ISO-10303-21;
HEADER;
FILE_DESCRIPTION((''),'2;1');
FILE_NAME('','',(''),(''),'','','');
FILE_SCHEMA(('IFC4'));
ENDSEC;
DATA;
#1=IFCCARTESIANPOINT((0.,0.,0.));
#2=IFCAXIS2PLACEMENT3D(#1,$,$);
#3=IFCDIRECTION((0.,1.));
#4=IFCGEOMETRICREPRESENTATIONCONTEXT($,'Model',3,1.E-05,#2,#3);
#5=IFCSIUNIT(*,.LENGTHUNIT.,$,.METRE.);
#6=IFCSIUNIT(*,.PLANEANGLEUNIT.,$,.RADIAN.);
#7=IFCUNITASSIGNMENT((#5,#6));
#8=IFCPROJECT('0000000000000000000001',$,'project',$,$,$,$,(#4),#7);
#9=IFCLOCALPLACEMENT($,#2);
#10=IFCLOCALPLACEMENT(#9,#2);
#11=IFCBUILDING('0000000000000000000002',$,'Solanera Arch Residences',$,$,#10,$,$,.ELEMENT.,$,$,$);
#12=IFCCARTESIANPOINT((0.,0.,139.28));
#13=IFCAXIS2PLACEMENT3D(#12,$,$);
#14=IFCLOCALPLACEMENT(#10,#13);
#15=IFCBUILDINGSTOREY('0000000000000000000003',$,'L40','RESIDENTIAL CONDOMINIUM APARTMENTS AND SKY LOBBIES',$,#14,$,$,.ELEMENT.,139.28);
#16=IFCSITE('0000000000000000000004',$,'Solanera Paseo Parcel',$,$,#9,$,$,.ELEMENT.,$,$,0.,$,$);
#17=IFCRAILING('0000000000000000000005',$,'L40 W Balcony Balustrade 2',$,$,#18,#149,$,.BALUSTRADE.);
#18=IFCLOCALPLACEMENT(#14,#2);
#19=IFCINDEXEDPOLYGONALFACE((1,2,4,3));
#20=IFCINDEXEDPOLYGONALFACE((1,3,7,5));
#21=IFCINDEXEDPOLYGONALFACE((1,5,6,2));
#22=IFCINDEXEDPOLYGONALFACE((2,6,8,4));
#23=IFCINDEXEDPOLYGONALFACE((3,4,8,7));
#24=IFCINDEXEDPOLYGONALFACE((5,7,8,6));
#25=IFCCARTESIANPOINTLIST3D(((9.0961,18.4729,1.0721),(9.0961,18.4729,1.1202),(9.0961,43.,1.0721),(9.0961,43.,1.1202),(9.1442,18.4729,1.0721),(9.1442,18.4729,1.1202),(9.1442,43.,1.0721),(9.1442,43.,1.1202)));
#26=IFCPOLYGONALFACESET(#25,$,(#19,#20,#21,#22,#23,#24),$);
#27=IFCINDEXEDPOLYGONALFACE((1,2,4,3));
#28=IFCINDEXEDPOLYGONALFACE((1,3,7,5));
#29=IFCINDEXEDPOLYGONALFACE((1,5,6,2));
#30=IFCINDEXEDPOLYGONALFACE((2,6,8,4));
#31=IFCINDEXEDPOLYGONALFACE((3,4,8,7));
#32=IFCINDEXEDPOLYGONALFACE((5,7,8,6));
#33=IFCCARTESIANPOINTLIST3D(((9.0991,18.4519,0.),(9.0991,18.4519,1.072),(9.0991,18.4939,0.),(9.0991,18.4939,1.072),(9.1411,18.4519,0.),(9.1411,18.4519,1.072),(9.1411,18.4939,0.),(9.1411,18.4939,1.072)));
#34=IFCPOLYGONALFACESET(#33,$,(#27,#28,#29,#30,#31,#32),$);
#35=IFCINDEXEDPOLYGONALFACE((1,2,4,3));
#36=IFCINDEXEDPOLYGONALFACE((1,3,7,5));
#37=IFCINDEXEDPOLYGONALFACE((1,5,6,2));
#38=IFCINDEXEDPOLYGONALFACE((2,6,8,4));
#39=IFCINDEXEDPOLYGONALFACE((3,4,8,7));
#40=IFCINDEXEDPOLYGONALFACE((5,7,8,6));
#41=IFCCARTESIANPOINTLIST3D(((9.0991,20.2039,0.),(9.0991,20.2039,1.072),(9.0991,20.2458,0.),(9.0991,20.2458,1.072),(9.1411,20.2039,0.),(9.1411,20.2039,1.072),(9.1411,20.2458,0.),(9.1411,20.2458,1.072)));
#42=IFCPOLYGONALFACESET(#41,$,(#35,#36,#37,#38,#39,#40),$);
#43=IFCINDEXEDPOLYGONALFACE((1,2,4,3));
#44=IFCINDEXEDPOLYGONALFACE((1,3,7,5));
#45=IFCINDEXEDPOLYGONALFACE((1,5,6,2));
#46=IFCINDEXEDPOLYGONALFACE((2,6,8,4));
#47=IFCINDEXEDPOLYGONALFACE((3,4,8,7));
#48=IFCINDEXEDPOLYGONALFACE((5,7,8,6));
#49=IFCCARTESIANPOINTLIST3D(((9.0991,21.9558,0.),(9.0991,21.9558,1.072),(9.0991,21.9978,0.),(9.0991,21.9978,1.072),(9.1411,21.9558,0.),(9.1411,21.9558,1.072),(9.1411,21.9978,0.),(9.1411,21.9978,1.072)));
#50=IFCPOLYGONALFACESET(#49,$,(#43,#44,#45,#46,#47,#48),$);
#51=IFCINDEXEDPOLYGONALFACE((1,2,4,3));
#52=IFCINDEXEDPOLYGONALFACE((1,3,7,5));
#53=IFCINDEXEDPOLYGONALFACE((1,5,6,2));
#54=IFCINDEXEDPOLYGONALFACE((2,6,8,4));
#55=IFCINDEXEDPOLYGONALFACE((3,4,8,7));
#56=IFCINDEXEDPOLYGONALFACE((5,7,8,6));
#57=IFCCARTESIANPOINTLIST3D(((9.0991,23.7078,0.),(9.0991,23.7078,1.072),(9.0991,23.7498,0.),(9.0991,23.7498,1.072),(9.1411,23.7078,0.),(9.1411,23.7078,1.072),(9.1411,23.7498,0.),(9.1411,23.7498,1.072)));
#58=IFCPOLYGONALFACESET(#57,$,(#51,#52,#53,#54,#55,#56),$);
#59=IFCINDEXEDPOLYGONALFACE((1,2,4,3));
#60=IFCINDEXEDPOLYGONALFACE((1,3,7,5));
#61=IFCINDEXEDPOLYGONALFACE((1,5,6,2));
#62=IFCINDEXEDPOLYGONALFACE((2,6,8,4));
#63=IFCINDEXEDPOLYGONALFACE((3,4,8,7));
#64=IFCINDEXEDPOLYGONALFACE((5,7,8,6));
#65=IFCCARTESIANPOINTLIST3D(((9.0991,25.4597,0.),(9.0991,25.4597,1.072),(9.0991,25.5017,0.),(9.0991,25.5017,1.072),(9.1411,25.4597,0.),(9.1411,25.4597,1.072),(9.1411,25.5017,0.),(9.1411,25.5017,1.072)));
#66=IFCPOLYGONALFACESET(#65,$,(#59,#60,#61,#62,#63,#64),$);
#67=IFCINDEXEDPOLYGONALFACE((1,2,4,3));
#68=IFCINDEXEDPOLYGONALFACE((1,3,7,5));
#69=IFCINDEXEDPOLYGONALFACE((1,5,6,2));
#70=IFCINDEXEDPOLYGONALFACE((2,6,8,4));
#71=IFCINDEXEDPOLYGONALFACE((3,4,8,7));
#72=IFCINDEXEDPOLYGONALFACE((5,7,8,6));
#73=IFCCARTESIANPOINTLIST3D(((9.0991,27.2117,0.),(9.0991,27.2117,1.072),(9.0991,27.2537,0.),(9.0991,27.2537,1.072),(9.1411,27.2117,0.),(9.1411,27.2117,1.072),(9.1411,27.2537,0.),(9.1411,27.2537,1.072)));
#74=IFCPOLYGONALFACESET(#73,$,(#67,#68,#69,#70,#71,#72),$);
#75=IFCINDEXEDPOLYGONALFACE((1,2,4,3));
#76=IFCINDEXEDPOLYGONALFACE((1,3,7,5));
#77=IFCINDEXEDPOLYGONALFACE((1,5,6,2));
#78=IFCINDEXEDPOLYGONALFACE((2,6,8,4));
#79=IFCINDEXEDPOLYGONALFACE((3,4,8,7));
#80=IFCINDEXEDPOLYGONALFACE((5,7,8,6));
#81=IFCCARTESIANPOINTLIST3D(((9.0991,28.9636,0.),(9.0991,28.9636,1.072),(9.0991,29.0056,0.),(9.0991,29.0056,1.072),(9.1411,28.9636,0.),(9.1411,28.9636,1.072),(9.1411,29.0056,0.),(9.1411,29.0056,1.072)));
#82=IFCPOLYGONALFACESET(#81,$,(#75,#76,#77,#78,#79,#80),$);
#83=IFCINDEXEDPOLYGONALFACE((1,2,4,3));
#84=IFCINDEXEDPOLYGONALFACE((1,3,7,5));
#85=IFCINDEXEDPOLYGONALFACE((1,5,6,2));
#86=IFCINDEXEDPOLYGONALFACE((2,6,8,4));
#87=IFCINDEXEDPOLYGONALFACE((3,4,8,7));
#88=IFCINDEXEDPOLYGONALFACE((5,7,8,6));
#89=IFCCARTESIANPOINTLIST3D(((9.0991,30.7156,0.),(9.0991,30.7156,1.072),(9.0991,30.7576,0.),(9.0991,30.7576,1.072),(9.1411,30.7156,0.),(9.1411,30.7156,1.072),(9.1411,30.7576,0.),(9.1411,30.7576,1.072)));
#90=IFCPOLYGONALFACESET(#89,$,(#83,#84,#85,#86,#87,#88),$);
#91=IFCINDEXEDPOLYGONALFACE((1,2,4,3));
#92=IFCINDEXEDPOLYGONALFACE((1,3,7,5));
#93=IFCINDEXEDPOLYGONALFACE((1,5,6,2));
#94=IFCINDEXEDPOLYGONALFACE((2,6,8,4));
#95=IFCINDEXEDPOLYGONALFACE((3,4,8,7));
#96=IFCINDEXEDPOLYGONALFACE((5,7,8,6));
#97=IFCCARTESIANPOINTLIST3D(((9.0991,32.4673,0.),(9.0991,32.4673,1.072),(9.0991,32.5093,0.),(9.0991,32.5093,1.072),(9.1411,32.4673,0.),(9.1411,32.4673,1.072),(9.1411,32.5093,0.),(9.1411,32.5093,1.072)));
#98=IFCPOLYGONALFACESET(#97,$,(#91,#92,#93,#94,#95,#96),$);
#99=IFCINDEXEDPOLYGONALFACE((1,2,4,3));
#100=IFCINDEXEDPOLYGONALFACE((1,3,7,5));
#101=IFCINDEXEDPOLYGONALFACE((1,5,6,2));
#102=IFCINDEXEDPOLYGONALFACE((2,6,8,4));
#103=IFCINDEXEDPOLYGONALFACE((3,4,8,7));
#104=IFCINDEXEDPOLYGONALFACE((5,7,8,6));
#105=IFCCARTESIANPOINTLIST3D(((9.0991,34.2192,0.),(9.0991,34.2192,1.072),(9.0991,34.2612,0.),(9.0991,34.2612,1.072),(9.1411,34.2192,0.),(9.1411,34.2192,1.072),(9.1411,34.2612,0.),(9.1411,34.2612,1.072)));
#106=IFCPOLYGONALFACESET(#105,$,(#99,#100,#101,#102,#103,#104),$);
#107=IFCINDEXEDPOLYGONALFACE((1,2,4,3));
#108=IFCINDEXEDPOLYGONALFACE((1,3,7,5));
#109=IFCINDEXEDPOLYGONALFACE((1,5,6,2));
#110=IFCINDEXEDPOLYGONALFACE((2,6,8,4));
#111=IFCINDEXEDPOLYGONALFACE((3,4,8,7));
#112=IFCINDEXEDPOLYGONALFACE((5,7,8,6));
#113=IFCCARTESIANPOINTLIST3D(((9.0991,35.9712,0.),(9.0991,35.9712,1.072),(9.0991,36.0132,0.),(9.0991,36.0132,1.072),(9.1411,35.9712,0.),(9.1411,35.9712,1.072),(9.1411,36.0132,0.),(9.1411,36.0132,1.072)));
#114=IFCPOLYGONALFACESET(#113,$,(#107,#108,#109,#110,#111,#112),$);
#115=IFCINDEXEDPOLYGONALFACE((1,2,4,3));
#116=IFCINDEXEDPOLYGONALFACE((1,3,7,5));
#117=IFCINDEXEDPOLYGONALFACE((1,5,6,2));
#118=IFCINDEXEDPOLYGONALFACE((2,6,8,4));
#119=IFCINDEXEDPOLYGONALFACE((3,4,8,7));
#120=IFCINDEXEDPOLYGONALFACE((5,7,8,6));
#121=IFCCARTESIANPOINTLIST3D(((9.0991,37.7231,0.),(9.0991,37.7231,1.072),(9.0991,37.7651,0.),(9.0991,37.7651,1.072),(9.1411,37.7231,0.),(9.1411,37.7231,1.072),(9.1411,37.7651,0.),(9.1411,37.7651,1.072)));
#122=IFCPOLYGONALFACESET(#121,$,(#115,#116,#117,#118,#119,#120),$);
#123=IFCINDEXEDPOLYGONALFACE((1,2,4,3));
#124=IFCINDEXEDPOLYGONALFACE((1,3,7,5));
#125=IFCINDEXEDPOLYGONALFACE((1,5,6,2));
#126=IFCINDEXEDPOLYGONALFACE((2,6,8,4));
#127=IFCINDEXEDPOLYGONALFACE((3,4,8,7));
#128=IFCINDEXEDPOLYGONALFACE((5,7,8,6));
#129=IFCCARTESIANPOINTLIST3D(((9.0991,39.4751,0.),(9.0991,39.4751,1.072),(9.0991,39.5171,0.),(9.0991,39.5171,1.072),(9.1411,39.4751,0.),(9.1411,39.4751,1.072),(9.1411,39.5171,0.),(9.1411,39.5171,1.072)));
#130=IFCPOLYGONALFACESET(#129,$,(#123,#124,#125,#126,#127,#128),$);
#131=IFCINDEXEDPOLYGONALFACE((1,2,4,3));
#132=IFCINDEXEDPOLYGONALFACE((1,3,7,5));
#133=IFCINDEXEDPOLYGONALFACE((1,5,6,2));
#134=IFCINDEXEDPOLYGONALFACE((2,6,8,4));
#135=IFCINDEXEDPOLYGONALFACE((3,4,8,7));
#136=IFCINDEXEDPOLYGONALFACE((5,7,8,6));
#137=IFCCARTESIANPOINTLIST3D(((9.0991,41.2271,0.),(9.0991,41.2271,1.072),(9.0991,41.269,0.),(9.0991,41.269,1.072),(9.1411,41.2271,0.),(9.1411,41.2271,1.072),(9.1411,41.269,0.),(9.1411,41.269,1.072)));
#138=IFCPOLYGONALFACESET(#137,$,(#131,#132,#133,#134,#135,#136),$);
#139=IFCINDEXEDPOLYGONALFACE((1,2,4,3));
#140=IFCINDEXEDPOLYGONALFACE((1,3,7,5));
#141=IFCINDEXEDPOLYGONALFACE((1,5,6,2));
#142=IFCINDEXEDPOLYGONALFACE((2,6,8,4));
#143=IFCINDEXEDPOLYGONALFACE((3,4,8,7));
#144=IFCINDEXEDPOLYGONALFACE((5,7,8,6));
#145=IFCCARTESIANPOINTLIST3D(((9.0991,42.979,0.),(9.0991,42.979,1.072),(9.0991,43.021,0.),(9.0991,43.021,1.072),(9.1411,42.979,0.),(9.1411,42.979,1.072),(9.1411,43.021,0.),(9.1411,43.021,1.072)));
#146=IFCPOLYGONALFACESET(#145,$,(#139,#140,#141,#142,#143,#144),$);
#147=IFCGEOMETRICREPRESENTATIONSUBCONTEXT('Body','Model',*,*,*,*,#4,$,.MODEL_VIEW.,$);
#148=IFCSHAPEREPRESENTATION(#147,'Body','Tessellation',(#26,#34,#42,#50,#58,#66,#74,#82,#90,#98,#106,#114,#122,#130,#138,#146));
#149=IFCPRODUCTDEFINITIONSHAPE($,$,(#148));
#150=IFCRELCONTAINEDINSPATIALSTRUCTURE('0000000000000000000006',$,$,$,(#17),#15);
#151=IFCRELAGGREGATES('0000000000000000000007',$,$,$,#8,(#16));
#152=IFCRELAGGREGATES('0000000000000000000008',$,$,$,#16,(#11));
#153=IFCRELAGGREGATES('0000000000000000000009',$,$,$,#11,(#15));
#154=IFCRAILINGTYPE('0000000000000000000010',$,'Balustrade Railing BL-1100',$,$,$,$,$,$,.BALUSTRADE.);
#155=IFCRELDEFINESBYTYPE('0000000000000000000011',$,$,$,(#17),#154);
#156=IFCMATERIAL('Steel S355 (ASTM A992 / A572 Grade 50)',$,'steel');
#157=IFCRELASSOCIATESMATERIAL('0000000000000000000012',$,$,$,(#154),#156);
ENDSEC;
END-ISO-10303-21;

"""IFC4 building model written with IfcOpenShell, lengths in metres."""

from ifc_helpers import new_model, si_unit, direction, frame, origin, origin_2d, place, context, subcontext, project, spatial, rectangle, extrude, material, type_object, element, save


model = new_model("IFC4")

# Units and contexts
model_context = context("Model", 3, precision=1e-05, world=origin(), true_north=direction((0.0, 1.0)))
body_context = subcontext(model_context, "Body", "Model", "MODEL_VIEW")
ifc_project = project(units=[si_unit("LENGTHUNIT", "METRE"), si_unit("PLANEANGLEUNIT", "RADIAN")], contexts=[model_context])

# Site, building, storey
site_placement = place(None, origin())
site = spatial("IfcSite", under=ifc_project, at=site_placement, Name="Solanera Paseo Parcel", CompositionType="ELEMENT", RefElevation=0.0)
building_placement = place(site_placement, origin())
building = spatial("IfcBuilding", under=site, at=building_placement, Name="Solanera Arch Residences", CompositionType="ELEMENT")
storey_placement = place(building_placement, frame((0.0, 0.0, 139.28)))
storey = spatial("IfcBuildingStorey", under=building, at=storey_placement, Name="L40", Description="RESIDENTIAL CONDOMINIUM APARTMENTS AND SKY LOBBIES", CompositionType="ELEMENT", Elevation=139.28)

# Railing
ifc_material_1 = material(Name="Steel S355 (ASTM A992 / A572 Grade 50)", Category="steel")
railing_type = type_object("IfcRailingType", Name="Balustrade Railing BL-1100", PredefinedType="BALUSTRADE", material=ifc_material_1)
railing_placement = place(storey_placement, frame((9.1201, 18.4729, 0.0)))
element("IfcRailing", 1, at=railing_placement, inside=storey, type_object=railing_type, Name="L40 W Balcony Balustrade 2", PredefinedType="BALUSTRADE", context=body_context, shape_type="SweptSolid", body=[
    extrude(rectangle(XDim=0.0481, YDim=0.0481, at=origin_2d()), frame((0.0, 0.0, 1.0962), z_axis=(0.0, 1.0, 0.0), x_axis=(-1.0, 0.0, 0.0)), (0.0, 0.0, 1.0), 24.5271),
    extrude(rectangle(XDim=0.042, YDim=0.042, at=origin_2d()), origin(), (0.0, 0.0, 1.0), 1.072),
    extrude(rectangle(XDim=0.042, YDim=0.042, at=origin_2d()), frame((0.0, 1.752, 0.0)), (0.0, 0.0, 1.0), 1.072),
    extrude(rectangle(XDim=0.042, YDim=0.042, at=origin_2d()), frame((0.0, 3.5039, 0.0)), (0.0, 0.0, 1.0), 1.072),
    extrude(rectangle(XDim=0.042, YDim=0.042, at=origin_2d()), frame((0.0, 5.2559, 0.0)), (0.0, 0.0, 1.0), 1.072),
    extrude(rectangle(XDim=0.042, YDim=0.042, at=origin_2d()), frame((0.0, 7.0078, 0.0)), (0.0, 0.0, 1.0), 1.072),
    extrude(rectangle(XDim=0.042, YDim=0.042, at=origin_2d()), frame((0.0, 8.7598, 0.0)), (0.0, 0.0, 1.0), 1.072),
    extrude(rectangle(XDim=0.042, YDim=0.042, at=origin_2d()), frame((0.0, 10.5117, 0.0)), (0.0, 0.0, 1.0), 1.072),
    extrude(rectangle(XDim=0.042, YDim=0.042, at=origin_2d()), frame((0.0, 12.2637, 0.0)), (0.0, 0.0, 1.0), 1.072),
    extrude(rectangle(XDim=0.042, YDim=0.042, at=origin_2d()), frame((0.0, 14.0154, 0.0)), (0.0, 0.0, 1.0), 1.072),
    extrude(rectangle(XDim=0.042, YDim=0.042, at=origin_2d()), frame((0.0, 15.7673, 0.0)), (0.0, 0.0, 1.0), 1.072),
    extrude(rectangle(XDim=0.042, YDim=0.042, at=origin_2d()), frame((0.0, 17.5193, 0.0)), (0.0, 0.0, 1.0), 1.072),
    extrude(rectangle(XDim=0.042, YDim=0.042, at=origin_2d()), frame((0.0, 19.2712, 0.0)), (0.0, 0.0, 1.0), 1.072),
    extrude(rectangle(XDim=0.042, YDim=0.042, at=origin_2d()), frame((0.0, 21.0232, 0.0)), (0.0, 0.0, 1.0), 1.072),
    extrude(rectangle(XDim=0.042, YDim=0.042, at=origin_2d()), frame((0.0, 22.7751, 0.0)), (0.0, 0.0, 1.0), 1.072),
    extrude(rectangle(XDim=0.042, YDim=0.042, at=origin_2d()), frame((0.0, 24.5271, 0.0)), (0.0, 0.0, 1.0), 1.072),
])

save(model, "model.ifc")
